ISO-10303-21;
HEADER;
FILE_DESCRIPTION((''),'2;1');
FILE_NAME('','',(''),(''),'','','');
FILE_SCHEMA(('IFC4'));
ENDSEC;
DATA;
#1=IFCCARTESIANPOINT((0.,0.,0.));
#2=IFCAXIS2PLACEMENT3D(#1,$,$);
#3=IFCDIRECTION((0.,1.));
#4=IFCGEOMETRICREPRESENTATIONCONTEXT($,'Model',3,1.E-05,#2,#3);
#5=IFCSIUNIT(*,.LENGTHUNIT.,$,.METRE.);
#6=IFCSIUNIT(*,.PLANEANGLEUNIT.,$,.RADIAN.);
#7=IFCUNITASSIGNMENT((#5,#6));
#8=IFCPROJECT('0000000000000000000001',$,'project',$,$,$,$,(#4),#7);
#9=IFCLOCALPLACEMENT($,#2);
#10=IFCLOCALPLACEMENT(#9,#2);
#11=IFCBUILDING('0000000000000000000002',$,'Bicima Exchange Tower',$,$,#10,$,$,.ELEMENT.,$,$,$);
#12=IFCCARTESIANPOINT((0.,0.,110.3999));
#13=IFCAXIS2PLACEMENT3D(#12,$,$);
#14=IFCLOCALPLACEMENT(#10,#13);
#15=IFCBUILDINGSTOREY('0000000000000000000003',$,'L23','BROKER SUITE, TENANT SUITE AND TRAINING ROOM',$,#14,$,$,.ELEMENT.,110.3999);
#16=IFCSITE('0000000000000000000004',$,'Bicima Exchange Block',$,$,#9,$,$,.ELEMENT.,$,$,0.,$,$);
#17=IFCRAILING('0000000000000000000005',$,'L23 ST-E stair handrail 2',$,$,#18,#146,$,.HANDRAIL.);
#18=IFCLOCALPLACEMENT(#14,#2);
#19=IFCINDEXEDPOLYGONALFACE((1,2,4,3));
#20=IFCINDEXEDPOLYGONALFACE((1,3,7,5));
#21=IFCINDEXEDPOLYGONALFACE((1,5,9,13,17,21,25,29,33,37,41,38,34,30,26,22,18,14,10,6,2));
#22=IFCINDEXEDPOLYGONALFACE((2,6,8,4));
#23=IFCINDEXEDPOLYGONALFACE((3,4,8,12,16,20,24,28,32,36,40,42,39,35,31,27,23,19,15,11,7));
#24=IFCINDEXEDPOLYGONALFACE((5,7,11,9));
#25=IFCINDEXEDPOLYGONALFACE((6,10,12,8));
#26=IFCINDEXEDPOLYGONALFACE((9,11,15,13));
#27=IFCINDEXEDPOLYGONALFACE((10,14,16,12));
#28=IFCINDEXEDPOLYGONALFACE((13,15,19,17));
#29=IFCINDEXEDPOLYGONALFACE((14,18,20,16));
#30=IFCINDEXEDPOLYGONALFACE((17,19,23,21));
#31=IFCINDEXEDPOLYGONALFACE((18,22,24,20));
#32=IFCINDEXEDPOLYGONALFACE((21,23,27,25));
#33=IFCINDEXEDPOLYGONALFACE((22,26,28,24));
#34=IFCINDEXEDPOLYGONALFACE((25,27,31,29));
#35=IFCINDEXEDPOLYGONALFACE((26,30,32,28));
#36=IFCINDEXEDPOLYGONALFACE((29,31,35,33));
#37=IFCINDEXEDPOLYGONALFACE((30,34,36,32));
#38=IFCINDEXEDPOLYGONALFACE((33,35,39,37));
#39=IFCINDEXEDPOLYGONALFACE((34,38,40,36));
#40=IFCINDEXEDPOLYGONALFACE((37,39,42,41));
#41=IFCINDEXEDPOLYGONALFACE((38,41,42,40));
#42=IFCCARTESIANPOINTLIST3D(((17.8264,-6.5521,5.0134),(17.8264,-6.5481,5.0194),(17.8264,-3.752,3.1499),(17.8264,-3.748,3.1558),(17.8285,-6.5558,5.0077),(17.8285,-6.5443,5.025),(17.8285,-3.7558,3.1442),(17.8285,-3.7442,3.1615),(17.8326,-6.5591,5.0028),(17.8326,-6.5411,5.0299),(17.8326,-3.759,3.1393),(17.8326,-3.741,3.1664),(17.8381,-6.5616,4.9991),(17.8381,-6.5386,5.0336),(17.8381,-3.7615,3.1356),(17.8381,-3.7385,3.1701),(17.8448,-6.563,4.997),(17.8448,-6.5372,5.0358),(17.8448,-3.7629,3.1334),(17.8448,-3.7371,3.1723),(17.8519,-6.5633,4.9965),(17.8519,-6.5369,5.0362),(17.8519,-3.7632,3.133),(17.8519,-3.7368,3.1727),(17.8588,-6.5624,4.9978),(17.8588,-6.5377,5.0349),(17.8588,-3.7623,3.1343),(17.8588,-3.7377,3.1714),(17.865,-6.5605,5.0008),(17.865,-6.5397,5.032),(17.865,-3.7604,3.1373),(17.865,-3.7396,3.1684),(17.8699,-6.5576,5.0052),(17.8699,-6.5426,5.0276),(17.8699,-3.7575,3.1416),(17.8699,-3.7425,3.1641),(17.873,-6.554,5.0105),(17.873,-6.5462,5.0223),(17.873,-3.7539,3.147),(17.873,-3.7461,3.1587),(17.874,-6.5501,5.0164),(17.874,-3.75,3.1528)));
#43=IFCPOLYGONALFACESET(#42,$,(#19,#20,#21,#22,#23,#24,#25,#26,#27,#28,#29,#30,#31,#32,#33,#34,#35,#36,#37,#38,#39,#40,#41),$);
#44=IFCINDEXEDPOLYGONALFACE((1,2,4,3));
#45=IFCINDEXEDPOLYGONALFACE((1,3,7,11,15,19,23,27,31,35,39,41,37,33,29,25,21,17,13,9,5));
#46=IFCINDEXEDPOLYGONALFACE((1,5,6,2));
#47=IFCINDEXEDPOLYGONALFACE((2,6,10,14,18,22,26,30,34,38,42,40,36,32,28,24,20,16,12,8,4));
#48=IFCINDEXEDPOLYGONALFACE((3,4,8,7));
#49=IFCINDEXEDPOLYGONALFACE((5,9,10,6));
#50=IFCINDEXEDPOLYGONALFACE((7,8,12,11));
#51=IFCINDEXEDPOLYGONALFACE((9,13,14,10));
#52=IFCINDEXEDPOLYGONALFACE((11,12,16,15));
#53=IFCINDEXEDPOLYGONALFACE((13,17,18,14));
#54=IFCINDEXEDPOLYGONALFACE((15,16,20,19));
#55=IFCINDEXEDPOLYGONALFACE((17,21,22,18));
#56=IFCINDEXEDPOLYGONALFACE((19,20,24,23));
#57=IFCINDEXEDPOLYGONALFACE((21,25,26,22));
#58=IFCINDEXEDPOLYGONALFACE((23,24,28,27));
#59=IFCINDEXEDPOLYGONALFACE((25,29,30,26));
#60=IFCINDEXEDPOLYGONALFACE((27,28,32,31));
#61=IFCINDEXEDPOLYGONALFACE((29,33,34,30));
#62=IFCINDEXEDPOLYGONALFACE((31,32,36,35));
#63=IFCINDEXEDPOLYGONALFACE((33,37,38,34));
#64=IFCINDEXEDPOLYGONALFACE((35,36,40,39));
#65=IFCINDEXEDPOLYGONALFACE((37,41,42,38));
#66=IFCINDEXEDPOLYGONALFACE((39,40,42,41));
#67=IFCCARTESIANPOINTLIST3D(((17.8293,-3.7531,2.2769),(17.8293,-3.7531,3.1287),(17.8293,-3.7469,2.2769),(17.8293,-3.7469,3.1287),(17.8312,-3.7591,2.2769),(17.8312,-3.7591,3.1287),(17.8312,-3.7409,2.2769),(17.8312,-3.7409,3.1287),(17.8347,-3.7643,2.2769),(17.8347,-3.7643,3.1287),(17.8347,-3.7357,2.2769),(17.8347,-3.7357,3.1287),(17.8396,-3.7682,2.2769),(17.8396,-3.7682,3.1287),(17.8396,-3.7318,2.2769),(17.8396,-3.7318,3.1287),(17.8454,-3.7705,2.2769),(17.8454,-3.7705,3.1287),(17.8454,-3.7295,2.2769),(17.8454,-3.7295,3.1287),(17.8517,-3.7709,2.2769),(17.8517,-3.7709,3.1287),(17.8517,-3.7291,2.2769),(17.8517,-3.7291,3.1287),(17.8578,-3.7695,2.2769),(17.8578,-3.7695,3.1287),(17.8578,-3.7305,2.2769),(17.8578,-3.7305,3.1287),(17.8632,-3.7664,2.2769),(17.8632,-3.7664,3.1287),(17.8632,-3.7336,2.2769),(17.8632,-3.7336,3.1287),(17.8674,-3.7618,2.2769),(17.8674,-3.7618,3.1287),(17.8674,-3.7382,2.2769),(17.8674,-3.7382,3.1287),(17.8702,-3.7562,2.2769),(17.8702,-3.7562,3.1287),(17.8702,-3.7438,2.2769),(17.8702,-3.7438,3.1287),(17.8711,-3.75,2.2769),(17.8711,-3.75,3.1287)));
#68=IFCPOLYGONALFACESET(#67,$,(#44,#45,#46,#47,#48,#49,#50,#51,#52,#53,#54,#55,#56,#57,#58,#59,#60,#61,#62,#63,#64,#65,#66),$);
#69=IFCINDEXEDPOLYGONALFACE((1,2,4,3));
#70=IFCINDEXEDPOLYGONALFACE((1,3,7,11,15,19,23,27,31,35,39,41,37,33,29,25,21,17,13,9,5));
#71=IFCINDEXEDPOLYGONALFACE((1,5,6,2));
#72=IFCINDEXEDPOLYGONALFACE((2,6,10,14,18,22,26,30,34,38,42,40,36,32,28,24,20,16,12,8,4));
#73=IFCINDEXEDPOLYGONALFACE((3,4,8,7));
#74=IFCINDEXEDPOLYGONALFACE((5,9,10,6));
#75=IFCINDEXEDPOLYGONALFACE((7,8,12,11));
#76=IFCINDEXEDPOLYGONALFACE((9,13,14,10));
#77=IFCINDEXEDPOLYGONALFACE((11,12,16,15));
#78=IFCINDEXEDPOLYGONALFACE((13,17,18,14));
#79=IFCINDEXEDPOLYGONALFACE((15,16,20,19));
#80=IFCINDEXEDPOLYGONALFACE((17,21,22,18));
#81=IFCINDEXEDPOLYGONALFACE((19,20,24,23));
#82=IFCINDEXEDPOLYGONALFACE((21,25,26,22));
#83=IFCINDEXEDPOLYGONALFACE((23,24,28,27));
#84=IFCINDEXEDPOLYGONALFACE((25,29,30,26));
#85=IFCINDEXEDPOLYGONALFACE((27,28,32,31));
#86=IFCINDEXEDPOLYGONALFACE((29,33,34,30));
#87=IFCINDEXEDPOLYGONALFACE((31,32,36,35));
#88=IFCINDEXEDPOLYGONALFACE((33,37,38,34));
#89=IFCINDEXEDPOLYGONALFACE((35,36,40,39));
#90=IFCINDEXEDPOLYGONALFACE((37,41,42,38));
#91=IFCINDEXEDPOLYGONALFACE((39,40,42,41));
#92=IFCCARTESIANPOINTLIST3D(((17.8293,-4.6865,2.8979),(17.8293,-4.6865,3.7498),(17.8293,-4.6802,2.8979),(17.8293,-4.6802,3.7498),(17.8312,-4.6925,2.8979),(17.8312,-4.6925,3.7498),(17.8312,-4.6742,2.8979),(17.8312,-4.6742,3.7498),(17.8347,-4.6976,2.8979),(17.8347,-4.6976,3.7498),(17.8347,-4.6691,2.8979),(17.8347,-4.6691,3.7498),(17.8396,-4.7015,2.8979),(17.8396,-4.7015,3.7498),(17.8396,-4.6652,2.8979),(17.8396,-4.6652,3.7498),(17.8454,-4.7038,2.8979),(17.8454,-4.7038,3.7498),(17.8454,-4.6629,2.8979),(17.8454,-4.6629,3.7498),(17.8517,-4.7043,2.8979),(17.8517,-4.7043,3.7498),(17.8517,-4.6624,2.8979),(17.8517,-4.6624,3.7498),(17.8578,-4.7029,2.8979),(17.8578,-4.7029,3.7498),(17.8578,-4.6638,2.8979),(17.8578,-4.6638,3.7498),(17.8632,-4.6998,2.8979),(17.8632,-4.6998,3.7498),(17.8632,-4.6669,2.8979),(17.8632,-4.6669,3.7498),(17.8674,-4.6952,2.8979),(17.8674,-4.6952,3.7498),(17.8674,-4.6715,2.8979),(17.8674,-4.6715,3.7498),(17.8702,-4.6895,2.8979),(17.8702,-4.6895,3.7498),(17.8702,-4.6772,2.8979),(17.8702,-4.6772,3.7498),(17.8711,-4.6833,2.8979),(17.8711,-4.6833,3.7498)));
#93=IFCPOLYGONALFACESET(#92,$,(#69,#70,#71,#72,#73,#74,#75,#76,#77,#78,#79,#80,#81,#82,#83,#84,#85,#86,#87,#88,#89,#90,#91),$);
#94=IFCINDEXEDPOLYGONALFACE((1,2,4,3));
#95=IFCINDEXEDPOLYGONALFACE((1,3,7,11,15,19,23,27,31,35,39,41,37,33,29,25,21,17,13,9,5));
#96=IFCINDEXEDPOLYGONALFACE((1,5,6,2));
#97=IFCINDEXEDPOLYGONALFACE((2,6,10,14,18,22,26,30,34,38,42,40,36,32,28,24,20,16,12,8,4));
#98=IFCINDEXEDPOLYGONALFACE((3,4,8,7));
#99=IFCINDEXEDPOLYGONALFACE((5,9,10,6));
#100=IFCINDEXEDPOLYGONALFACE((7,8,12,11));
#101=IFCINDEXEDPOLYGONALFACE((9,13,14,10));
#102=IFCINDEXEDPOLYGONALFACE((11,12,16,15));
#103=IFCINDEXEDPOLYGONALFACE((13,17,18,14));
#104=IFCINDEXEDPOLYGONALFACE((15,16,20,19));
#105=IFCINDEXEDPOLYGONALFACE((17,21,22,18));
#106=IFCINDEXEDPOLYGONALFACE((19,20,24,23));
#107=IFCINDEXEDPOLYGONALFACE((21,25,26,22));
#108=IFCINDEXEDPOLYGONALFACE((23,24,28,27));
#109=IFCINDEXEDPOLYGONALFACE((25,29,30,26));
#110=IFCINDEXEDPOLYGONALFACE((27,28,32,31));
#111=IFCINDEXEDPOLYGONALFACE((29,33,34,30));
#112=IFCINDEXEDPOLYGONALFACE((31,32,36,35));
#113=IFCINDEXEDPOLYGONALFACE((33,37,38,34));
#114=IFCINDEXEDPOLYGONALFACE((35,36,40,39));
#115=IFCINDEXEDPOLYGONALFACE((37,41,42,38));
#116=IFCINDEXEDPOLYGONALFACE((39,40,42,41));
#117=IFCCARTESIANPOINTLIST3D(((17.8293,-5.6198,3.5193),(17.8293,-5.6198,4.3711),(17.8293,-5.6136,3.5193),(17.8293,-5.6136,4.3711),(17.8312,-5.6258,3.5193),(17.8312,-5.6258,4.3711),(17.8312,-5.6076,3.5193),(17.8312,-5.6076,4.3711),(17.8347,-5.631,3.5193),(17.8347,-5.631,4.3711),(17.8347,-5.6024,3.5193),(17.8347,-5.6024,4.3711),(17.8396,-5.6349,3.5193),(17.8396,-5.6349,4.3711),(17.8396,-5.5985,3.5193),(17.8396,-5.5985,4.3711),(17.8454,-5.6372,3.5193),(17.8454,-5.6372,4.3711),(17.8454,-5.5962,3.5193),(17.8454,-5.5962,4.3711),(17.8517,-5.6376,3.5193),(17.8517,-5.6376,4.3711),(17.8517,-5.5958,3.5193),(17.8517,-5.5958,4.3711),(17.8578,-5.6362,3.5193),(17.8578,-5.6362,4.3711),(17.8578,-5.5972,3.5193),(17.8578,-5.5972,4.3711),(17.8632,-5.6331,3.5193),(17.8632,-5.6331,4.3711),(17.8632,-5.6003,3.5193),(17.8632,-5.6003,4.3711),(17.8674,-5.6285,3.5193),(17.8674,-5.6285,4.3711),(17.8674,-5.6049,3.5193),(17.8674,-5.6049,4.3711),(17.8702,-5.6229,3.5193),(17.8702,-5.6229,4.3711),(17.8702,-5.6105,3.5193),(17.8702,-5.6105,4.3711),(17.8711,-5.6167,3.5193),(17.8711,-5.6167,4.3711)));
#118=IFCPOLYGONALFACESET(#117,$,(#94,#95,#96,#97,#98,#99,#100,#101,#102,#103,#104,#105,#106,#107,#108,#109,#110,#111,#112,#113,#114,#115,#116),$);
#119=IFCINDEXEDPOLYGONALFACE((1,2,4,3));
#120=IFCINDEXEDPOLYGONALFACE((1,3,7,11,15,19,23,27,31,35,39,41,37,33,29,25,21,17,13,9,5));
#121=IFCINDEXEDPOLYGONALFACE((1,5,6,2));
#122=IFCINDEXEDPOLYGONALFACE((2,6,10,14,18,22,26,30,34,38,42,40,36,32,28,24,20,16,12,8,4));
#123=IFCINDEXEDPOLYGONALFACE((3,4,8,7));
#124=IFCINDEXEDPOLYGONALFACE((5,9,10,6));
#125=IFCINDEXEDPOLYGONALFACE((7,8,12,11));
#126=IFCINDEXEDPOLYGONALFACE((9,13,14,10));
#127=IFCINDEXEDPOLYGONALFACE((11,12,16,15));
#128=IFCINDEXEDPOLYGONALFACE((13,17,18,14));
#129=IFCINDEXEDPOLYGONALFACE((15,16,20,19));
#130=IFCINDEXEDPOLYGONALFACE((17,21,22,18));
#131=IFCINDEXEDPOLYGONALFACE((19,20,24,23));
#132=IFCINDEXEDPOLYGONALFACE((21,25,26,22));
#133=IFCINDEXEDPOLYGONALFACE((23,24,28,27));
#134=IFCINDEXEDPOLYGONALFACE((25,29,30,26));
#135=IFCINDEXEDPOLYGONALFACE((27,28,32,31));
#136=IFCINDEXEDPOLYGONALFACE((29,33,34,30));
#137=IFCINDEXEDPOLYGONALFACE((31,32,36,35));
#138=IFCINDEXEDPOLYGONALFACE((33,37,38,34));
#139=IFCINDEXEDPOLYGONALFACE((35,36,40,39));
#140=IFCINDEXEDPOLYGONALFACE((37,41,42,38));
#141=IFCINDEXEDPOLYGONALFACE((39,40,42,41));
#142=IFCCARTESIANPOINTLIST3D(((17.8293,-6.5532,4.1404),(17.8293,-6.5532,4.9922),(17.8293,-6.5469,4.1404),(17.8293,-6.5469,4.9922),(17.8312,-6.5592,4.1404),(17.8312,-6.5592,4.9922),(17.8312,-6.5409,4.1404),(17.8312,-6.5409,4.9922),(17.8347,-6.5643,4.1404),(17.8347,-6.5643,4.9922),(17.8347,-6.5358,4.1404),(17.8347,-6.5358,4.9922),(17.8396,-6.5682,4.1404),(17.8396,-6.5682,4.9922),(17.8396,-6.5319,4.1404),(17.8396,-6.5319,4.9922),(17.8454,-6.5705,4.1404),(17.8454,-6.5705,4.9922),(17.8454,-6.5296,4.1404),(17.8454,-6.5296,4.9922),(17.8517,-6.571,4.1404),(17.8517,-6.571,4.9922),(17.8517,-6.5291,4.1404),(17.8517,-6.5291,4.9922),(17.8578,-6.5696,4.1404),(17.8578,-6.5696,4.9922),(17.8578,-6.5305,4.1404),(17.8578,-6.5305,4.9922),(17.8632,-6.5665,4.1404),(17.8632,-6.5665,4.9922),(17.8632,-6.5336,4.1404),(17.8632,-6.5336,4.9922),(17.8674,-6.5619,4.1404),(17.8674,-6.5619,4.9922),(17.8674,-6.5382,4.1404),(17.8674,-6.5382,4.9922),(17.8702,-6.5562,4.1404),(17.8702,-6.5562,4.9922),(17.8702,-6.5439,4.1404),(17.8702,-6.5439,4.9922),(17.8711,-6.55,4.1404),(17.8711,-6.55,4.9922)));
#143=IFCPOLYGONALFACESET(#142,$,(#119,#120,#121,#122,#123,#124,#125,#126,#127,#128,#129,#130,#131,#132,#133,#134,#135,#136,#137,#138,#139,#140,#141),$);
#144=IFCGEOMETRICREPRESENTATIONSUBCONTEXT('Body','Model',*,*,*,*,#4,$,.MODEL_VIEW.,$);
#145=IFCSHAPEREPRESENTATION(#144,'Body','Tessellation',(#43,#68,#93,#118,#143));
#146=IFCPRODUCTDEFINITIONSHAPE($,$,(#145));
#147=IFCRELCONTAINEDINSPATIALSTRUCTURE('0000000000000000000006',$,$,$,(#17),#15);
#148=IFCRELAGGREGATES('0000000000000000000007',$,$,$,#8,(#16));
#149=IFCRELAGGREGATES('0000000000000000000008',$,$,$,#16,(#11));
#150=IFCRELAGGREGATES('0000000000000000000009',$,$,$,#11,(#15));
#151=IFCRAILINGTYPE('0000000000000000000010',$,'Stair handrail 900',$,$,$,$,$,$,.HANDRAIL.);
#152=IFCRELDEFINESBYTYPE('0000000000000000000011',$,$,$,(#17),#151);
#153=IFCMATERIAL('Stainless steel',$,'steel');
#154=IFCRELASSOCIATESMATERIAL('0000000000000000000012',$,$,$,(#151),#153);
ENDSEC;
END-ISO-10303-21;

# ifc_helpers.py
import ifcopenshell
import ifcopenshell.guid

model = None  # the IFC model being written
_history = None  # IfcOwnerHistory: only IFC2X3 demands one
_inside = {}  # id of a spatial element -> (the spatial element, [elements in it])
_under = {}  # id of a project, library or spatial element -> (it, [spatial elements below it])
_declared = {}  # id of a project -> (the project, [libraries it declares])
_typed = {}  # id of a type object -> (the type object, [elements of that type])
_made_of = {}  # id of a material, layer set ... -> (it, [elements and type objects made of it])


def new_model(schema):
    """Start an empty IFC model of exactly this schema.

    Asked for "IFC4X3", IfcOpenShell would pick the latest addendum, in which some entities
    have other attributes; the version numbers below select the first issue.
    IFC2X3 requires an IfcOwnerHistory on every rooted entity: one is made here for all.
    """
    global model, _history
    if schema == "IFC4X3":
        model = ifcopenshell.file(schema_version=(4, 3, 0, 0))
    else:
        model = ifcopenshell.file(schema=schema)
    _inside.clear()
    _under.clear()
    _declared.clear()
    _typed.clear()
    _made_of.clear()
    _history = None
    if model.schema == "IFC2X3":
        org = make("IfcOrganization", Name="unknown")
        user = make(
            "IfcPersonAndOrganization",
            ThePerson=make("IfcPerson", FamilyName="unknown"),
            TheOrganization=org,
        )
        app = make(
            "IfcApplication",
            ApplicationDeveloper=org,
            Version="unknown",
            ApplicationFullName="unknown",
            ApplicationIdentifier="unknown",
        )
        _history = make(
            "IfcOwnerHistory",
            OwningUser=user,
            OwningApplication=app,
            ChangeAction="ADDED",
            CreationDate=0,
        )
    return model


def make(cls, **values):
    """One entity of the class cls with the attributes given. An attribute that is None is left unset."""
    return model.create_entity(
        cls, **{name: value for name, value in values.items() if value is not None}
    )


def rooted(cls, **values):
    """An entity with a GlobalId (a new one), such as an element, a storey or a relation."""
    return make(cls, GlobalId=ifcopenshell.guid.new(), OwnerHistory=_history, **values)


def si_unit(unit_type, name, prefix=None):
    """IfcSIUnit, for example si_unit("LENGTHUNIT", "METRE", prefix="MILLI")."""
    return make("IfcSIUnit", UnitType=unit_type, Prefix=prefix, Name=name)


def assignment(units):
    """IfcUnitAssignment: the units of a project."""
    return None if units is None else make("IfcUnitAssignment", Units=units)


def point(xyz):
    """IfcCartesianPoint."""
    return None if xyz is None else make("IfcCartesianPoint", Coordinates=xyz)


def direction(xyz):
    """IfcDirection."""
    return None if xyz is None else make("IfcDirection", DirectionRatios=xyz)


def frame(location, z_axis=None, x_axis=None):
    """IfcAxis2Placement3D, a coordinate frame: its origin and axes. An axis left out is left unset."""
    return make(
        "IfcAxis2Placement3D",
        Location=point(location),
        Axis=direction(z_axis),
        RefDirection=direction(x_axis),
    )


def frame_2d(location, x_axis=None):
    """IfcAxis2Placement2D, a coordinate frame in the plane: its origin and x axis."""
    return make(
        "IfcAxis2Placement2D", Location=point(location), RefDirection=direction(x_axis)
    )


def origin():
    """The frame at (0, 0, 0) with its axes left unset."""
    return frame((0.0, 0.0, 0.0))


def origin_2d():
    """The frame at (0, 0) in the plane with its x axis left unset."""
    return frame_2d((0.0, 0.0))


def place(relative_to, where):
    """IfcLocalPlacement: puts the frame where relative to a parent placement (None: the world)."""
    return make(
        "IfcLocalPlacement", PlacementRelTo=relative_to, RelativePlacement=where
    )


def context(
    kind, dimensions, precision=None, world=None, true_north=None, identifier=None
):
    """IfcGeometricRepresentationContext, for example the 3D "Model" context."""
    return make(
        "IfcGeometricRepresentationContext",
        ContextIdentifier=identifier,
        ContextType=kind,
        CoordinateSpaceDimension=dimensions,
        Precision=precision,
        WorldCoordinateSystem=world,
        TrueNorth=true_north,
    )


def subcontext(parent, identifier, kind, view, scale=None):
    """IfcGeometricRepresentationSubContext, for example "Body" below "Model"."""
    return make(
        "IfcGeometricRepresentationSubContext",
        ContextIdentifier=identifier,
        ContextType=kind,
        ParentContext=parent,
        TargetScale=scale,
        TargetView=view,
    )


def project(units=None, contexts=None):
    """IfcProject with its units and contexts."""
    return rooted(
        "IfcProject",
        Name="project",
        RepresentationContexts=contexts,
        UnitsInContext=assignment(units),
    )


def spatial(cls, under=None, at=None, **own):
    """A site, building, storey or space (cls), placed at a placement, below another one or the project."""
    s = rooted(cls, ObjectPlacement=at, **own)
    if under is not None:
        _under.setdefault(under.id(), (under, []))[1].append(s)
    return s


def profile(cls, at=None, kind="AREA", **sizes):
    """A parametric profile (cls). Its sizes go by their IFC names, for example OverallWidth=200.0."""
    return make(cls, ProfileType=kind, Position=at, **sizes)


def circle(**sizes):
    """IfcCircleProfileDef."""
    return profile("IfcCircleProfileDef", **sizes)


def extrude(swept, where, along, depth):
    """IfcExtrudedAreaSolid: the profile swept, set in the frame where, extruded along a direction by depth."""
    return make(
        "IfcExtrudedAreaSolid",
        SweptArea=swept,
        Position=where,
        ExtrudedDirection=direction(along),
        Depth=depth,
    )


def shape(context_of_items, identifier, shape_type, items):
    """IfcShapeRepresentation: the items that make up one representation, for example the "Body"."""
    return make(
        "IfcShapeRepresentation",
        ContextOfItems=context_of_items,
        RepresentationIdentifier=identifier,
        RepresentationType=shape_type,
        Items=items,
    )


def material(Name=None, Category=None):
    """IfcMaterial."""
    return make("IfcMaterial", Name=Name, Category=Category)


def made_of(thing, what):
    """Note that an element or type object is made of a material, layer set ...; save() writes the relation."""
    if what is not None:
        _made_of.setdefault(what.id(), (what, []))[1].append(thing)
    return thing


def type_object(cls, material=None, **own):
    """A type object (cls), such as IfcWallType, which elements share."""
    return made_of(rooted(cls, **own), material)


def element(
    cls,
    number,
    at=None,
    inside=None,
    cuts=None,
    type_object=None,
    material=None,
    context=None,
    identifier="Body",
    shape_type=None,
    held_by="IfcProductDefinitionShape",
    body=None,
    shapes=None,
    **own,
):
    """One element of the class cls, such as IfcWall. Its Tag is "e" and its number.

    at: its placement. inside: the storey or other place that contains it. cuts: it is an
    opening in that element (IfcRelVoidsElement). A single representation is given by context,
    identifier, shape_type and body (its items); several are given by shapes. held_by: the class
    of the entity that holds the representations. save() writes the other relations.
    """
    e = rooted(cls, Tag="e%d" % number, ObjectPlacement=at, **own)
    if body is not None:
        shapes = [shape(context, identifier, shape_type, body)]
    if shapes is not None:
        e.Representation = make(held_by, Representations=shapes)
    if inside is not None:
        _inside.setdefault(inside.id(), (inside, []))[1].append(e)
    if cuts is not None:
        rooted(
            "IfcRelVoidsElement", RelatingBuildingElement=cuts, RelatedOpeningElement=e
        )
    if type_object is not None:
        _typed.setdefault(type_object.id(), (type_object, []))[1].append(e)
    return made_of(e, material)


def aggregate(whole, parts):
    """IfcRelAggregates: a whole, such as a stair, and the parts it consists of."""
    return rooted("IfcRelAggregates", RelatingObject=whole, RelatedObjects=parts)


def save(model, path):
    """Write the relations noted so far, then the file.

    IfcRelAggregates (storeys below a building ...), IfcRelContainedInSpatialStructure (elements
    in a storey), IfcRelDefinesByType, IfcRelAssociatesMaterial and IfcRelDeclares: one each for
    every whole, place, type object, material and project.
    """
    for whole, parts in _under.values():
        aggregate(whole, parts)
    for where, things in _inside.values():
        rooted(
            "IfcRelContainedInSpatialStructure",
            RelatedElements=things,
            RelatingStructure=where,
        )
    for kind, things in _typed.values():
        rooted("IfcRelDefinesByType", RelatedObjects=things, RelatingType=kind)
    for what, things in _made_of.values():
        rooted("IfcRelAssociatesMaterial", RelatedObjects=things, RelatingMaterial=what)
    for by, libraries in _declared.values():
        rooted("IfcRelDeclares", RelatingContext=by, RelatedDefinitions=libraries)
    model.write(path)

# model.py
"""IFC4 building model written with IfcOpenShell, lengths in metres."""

from ifc_helpers import new_model, si_unit, direction, frame, origin, origin_2d, place, context, subcontext, project, spatial, circle, extrude, material, type_object, element, save


model = new_model("IFC4")

# Units and contexts
model_context = context("Model", 3, precision=1e-05, world=origin(), true_north=direction((0.0, 1.0)))
body_context = subcontext(model_context, "Body", "Model", "MODEL_VIEW")
ifc_project = project(units=[si_unit("LENGTHUNIT", "METRE"), si_unit("PLANEANGLEUNIT", "RADIAN")], contexts=[model_context])

# Site, building, storey
site_placement = place(None, origin())
site = spatial("IfcSite", under=ifc_project, at=site_placement, Name="Bicima Exchange Block", CompositionType="ELEMENT", RefElevation=0.0)
building_placement = place(site_placement, origin())
building = spatial("IfcBuilding", under=site, at=building_placement, Name="Bicima Exchange Tower", CompositionType="ELEMENT")
storey_placement = place(building_placement, frame((0.0, 0.0, 110.3999)))
storey = spatial("IfcBuildingStorey", under=building, at=storey_placement, Name="L23", Description="BROKER SUITE, TENANT SUITE AND TRAINING ROOM", CompositionType="ELEMENT", Elevation=110.3999)

# Railing
ifc_material_1 = material(Name="Stainless steel", Category="steel")
railing_type = type_object("IfcRailingType", Name="Stair handrail 900", PredefinedType="HANDRAIL", material=ifc_material_1)
railing_placement = place(storey_placement, frame((17.8501, -3.75, 2.2769)))
element("IfcRailing", 1, at=railing_placement, inside=storey, type_object=railing_type, Name="L23 ST-E stair handrail 2", PredefinedType="HANDRAIL", context=body_context, shape_type="SweptSolid", body=[
    extrude(circle(Radius=0.0239, at=origin_2d()), frame((0.0, 0.0, 0.876), z_axis=(0.0, -0.832486, 0.554047), x_axis=(1.0, 0.0, 0.0)), (0.0, 0.0, 1.0), 3.3635),
    extrude(circle(Radius=0.021, at=origin_2d()), origin(), (0.0, 0.0, 1.0), 0.8518),
    extrude(circle(Radius=0.021, at=origin_2d()), frame((0.0, -0.9333, 0.6211)), (0.0, 0.0, 1.0), 0.8518),
    extrude(circle(Radius=0.021, at=origin_2d()), frame((0.0, -1.8667, 1.2424)), (0.0, 0.0, 1.0), 0.8518),
    extrude(circle(Radius=0.021, at=origin_2d()), frame((0.0, -2.8, 1.8635)), (0.0, 0.0, 1.0), 0.8518),
])

save(model, "model.ifc")
